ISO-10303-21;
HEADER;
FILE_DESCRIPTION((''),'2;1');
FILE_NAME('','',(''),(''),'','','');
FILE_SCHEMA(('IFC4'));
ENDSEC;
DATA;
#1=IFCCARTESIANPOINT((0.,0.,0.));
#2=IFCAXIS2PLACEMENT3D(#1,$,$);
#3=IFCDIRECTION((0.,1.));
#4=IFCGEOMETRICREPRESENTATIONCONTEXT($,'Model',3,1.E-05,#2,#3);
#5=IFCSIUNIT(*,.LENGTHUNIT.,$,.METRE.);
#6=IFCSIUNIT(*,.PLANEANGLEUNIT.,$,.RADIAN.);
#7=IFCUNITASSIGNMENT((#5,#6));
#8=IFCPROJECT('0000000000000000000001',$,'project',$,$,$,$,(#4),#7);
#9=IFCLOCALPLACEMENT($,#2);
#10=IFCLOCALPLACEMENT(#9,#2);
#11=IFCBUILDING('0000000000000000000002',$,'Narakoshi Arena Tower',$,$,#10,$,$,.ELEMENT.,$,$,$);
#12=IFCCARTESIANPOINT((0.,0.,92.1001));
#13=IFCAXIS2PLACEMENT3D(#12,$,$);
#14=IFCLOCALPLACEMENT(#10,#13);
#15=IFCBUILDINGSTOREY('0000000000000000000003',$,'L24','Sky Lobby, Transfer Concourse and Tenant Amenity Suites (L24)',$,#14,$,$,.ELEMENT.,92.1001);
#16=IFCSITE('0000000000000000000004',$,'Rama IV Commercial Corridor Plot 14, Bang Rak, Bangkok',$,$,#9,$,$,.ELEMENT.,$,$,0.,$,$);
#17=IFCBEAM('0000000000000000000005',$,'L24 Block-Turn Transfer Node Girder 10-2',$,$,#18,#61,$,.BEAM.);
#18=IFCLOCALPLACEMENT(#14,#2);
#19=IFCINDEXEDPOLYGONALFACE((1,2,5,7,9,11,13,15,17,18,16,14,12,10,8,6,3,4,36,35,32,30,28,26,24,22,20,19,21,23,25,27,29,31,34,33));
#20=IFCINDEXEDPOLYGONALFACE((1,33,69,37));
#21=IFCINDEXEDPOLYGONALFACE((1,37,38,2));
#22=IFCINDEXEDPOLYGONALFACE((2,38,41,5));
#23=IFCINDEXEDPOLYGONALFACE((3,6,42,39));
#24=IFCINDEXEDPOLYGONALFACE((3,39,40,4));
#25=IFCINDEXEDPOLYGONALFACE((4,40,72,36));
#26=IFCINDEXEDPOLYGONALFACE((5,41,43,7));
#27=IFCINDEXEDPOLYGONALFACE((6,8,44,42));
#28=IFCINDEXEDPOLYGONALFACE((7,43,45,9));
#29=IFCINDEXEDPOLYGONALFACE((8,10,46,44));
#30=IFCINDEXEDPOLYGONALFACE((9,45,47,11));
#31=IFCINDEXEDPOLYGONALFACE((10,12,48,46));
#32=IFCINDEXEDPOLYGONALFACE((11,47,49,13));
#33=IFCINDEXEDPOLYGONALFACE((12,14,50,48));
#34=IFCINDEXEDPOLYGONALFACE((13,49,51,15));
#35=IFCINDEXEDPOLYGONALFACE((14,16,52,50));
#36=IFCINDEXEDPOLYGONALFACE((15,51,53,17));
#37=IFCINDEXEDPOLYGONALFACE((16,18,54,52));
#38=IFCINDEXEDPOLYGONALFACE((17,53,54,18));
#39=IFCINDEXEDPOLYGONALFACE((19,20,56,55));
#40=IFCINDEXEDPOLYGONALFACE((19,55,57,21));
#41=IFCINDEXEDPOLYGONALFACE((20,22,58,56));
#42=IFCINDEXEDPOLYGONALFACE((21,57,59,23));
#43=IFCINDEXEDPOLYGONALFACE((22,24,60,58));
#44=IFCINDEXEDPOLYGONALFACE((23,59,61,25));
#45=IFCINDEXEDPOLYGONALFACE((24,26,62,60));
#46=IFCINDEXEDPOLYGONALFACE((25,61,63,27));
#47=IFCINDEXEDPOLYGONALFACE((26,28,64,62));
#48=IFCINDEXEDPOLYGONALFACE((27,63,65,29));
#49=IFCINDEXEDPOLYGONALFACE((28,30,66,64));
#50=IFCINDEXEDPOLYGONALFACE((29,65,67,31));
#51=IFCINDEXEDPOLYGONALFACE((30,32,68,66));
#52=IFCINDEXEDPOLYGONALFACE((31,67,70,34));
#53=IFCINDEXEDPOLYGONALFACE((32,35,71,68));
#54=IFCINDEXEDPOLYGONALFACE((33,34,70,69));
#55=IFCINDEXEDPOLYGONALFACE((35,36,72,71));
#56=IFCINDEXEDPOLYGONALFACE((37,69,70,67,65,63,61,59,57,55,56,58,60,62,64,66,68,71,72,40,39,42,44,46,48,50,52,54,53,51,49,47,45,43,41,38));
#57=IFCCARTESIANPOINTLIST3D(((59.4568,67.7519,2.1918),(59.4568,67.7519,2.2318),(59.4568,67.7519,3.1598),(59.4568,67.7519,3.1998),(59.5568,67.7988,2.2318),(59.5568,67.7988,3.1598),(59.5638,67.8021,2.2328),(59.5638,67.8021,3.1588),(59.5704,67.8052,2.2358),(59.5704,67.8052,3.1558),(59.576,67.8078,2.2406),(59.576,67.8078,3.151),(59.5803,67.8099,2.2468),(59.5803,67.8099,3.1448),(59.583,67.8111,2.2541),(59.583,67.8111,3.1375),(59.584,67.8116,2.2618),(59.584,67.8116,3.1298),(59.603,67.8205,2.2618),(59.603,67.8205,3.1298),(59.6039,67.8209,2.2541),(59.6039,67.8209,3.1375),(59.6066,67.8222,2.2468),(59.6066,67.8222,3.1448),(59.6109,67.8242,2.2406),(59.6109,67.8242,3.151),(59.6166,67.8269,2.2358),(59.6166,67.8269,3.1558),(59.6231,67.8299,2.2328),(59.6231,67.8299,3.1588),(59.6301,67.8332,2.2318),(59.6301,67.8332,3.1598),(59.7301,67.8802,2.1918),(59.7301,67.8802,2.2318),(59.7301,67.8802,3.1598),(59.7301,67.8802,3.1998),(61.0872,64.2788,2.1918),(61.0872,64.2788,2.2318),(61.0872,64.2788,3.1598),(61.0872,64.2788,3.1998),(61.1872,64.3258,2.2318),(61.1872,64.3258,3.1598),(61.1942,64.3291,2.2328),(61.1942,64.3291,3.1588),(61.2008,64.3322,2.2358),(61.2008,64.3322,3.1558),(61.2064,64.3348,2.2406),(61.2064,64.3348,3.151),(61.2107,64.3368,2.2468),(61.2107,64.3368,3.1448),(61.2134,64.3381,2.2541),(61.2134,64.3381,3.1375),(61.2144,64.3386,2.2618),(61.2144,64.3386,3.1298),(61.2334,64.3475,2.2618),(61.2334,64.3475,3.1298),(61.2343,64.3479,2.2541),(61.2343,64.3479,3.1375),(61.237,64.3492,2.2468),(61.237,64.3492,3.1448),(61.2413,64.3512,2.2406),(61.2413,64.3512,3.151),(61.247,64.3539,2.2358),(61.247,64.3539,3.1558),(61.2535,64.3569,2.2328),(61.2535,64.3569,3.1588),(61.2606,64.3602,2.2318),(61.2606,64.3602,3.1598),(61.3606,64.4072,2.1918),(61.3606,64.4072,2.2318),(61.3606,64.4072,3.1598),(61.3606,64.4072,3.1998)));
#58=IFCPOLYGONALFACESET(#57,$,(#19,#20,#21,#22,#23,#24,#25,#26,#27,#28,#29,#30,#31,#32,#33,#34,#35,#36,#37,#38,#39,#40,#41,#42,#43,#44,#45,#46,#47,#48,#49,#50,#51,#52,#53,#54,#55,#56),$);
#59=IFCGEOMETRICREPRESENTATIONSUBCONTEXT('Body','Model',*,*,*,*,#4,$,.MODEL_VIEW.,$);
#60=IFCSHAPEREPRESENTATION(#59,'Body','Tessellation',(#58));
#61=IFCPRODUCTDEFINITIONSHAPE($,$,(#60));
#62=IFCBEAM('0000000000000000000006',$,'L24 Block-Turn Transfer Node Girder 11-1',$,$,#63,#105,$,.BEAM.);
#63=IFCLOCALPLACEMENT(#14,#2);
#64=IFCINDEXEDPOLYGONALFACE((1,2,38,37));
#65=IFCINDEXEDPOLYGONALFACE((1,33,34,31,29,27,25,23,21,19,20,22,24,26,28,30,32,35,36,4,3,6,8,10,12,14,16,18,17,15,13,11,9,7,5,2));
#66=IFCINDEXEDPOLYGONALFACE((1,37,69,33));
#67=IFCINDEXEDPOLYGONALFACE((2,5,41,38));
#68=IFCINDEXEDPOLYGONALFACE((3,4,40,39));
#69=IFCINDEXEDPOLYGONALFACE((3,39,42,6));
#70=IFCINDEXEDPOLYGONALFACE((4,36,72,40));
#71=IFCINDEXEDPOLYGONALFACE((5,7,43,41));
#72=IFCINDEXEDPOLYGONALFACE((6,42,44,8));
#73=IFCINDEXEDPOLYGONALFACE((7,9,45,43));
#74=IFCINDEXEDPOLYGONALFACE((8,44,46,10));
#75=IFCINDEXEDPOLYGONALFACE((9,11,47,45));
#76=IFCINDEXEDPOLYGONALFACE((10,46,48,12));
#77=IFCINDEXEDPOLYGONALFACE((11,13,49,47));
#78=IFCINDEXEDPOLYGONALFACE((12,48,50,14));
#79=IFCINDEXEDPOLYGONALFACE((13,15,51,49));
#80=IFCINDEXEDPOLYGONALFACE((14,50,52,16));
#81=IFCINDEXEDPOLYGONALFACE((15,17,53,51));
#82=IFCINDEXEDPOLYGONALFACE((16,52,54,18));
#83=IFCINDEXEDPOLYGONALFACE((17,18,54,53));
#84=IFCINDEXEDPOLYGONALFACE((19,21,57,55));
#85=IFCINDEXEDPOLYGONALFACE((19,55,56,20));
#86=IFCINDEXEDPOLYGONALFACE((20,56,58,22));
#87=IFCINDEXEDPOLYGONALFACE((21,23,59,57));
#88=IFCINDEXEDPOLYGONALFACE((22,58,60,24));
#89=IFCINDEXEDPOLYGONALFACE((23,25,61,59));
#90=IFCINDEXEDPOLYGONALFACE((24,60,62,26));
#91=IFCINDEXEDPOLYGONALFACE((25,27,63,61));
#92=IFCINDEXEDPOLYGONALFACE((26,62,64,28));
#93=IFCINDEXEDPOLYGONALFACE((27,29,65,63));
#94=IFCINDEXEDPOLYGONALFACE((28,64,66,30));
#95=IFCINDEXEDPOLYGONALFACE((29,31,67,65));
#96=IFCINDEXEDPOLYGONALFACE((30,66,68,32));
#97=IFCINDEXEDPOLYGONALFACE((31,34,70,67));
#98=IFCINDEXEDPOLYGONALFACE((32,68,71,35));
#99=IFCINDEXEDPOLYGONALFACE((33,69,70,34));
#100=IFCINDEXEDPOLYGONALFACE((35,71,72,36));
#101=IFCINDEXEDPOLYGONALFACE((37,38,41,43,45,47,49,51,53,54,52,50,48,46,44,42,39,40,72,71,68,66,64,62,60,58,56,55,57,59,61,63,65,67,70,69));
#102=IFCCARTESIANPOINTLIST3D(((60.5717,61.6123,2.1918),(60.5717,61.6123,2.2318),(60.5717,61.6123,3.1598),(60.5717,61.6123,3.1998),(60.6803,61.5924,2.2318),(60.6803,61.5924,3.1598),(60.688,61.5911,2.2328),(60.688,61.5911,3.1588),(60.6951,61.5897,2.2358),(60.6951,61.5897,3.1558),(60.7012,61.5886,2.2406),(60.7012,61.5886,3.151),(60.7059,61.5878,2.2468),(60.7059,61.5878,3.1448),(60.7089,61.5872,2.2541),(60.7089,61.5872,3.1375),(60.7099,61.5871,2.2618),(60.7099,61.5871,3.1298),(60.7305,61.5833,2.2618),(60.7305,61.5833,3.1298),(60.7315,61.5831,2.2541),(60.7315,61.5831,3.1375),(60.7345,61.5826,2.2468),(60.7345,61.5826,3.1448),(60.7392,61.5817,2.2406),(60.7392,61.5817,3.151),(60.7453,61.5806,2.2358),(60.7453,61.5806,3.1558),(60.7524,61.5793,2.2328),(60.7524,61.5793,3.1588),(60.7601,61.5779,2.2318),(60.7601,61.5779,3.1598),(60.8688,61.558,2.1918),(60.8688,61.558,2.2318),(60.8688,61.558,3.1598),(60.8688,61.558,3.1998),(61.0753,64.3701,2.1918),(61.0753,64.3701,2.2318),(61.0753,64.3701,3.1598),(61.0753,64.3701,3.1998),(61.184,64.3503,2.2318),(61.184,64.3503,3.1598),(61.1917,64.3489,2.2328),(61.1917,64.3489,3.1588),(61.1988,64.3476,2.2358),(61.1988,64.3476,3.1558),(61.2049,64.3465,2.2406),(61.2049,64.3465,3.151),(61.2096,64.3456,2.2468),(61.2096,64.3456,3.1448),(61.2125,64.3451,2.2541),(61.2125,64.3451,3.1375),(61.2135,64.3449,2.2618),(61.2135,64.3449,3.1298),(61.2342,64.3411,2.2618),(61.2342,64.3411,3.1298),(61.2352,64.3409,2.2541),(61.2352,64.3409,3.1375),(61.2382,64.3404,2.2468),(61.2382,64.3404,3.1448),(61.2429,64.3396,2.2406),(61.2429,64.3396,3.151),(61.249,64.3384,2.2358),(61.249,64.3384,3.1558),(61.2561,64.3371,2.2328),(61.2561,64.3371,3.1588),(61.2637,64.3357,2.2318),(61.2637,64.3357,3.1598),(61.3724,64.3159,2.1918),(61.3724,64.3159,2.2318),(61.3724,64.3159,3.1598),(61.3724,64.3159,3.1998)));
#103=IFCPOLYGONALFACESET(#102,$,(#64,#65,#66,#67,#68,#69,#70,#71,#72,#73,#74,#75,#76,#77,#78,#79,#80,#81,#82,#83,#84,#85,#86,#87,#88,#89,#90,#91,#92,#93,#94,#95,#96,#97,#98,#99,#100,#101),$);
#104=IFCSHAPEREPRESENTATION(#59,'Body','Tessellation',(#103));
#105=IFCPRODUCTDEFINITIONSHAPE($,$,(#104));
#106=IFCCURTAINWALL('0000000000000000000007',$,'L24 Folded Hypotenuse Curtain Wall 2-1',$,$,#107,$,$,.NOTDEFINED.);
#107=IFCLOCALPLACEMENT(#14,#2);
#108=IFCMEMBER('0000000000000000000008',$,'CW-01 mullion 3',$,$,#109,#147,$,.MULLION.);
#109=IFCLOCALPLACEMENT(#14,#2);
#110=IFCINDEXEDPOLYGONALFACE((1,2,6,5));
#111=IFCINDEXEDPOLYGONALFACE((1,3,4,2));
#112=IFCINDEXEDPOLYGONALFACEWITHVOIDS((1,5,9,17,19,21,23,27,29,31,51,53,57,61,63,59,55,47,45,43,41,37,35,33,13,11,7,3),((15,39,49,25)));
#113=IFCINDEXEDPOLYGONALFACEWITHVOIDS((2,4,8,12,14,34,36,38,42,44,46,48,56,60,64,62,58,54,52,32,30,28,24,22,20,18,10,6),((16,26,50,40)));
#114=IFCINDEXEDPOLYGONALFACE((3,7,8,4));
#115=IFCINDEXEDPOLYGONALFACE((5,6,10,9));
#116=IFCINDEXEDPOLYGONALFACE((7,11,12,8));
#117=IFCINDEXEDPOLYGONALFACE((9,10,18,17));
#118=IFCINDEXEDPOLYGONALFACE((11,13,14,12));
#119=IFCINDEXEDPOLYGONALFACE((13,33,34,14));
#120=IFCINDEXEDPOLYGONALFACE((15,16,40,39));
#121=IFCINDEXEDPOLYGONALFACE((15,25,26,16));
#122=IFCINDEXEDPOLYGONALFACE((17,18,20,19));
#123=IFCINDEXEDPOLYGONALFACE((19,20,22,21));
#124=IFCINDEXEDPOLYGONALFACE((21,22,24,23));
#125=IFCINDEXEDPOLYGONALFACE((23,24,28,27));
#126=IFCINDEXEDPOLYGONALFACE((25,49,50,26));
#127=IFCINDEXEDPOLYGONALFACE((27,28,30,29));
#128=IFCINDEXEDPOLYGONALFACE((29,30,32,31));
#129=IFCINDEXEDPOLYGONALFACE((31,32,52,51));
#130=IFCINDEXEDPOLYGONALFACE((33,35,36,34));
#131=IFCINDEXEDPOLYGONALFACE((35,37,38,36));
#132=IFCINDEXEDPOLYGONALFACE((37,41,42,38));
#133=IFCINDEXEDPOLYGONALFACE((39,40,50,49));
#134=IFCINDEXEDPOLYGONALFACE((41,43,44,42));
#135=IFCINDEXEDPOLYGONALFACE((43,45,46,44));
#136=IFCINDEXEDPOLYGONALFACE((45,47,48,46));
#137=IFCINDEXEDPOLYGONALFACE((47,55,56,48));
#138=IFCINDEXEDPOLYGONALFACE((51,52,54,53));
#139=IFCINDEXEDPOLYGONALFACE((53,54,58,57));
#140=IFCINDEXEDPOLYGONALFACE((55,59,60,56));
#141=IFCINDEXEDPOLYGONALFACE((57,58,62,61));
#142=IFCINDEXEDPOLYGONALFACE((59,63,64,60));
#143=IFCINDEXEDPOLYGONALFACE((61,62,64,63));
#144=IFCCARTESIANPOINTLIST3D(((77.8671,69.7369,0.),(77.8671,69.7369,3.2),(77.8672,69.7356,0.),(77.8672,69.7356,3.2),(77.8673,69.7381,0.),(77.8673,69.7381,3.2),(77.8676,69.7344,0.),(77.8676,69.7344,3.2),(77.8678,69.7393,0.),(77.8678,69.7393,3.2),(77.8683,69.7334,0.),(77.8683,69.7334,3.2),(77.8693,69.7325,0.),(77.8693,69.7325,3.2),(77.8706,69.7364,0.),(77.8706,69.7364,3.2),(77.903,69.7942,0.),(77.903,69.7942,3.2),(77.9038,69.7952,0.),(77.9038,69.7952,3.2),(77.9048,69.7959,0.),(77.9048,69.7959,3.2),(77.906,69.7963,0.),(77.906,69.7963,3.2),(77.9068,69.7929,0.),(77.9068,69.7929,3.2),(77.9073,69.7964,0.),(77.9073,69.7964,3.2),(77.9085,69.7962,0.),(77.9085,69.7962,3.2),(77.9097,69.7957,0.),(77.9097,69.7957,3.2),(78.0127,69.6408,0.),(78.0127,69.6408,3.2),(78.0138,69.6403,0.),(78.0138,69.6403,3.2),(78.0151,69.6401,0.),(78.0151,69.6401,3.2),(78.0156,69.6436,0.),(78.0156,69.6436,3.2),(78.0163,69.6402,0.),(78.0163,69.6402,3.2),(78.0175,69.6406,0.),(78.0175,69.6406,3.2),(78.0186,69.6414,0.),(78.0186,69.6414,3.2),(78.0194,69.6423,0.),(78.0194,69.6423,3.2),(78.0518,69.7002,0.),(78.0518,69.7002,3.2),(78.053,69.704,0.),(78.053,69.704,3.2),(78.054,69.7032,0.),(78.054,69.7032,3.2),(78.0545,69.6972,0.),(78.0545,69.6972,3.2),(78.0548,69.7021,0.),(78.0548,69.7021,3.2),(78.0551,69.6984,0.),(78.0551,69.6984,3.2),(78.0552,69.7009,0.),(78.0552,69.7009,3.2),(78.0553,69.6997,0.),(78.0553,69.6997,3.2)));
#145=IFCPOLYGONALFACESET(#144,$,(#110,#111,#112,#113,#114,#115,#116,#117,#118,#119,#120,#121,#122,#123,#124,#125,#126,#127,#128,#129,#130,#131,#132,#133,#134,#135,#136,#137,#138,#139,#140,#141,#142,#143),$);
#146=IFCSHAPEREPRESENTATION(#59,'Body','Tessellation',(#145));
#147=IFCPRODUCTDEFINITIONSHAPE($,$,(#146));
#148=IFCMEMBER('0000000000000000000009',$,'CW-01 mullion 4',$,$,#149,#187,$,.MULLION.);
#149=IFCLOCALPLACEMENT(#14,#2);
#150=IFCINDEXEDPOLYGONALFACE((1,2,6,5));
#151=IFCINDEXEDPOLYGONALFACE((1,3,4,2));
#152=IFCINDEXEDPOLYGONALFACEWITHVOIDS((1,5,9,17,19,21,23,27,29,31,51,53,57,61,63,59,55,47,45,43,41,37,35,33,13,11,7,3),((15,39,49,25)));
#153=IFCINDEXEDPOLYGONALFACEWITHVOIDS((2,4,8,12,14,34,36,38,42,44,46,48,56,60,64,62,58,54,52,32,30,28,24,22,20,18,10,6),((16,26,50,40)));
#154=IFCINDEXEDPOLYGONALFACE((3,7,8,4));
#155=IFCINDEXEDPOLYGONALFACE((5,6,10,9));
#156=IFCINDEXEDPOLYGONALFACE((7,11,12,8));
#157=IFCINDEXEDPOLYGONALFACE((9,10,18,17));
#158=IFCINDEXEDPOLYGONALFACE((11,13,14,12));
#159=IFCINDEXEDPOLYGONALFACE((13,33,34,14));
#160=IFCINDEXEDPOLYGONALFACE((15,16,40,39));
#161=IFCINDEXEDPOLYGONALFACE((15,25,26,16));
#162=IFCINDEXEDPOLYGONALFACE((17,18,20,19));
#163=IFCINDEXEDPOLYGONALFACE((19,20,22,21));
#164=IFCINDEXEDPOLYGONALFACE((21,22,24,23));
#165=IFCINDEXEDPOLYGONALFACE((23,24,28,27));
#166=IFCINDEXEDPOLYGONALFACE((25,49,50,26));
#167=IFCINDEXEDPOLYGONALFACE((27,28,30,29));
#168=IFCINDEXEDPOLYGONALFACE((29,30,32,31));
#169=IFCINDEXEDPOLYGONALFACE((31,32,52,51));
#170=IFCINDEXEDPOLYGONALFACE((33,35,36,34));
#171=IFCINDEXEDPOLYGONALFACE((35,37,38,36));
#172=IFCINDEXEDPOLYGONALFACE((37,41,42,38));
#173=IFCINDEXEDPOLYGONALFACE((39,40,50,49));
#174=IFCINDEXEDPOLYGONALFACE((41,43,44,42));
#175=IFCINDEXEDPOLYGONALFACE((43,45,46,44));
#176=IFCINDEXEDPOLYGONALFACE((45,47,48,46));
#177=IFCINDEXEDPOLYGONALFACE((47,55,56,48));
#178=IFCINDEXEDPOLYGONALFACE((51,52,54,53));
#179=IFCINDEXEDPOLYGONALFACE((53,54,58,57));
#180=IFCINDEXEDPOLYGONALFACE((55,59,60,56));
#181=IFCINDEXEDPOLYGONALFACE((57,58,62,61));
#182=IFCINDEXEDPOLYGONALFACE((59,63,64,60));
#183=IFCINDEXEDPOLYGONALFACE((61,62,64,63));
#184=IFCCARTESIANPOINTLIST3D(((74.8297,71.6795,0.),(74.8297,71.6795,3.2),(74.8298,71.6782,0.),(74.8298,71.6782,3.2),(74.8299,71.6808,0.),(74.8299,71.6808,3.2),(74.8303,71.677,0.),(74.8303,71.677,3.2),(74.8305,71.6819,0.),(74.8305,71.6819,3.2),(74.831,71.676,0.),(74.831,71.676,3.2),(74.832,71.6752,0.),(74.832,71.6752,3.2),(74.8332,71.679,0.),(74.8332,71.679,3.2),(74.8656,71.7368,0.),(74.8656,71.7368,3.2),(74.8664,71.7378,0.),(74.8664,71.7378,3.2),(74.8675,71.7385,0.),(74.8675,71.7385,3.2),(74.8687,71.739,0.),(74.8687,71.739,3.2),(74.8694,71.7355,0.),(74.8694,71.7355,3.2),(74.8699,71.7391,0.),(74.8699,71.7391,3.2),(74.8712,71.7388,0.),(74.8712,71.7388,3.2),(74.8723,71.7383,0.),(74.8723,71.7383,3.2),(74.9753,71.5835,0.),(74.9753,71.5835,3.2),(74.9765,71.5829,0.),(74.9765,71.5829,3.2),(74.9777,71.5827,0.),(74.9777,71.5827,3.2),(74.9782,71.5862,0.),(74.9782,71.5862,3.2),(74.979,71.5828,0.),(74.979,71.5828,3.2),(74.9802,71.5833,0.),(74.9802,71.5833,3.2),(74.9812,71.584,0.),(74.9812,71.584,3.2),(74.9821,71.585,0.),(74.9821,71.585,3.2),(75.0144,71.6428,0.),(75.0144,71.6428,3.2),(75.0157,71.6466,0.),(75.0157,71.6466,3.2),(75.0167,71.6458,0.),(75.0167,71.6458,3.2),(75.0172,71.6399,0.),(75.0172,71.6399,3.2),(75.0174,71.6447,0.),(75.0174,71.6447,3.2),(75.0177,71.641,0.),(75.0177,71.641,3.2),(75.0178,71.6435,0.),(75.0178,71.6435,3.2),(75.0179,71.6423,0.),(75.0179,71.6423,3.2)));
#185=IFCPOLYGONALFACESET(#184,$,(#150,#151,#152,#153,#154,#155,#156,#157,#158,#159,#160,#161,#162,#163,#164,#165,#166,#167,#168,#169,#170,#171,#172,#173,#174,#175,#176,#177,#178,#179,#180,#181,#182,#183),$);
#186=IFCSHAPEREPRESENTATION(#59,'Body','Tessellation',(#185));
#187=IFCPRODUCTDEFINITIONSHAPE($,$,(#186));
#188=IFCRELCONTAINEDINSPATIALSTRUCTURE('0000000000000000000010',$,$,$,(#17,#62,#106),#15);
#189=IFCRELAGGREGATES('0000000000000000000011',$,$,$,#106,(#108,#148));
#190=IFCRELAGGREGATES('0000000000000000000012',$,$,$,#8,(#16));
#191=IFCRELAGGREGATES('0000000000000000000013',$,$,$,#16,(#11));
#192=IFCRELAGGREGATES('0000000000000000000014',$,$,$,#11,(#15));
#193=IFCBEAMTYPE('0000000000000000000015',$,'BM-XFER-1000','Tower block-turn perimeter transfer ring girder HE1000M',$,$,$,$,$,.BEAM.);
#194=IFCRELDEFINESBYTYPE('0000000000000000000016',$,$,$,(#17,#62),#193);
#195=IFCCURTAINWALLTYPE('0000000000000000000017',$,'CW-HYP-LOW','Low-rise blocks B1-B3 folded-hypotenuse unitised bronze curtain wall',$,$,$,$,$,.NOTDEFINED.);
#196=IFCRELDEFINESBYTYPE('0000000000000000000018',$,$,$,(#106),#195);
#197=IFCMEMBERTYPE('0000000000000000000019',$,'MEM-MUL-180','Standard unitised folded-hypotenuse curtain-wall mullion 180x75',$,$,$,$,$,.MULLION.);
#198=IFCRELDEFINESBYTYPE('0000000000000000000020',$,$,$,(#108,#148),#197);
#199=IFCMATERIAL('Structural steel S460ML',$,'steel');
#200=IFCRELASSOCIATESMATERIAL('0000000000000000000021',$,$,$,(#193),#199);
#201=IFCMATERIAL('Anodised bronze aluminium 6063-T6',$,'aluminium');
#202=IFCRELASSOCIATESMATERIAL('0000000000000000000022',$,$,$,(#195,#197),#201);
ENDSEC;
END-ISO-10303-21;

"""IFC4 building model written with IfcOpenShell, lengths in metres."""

from ifc_helpers import new_model, si_unit, direction, frame, origin, origin_2d, place, context, subcontext, project, spatial, hollow_rectangle, i_section, extrude, material, material_profile, profile_set, type_object, element, aggregate, save


model = new_model("IFC4")

# Units and contexts
model_context = context("Model", 3, precision=1e-05, world=origin(), true_north=direction((0.0, 1.0)))
body_context = subcontext(model_context, "Body", "Model", "MODEL_VIEW")
ifc_project = project(units=[si_unit("LENGTHUNIT", "METRE"), si_unit("PLANEANGLEUNIT", "RADIAN")], contexts=[model_context])

# Site, building, storey
site_placement = place(None, origin())
site = spatial("IfcSite", under=ifc_project, at=site_placement, Name="Rama IV Commercial Corridor Plot 14, Bang Rak, Bangkok", CompositionType="ELEMENT", RefElevation=0.0)
building_placement = place(site_placement, origin())
building = spatial("IfcBuilding", under=site, at=building_placement, Name="Narakoshi Arena Tower", CompositionType="ELEMENT")
storey_placement = place(building_placement, frame((0.0, 0.0, 92.1001)))
storey = spatial("IfcBuildingStorey", under=building, at=storey_placement, Name="L24", Description="Sky Lobby, Transfer Concourse and Tenant Amenity Suites (L24)", CompositionType="ELEMENT", Elevation=92.1001)

# Shared definitions
ifc_material_1 = material(Name="Structural steel S460ML", Category="steel")

# Beams
ifc_material_profile_1 = material_profile(ifc_material_1, i_section(OverallWidth=0.302, OverallDepth=1.0081, WebThickness=0.021, FlangeThickness=0.04, FilletRadius=0.03, at=origin_2d()), Name="HE1000M")
ifc_profile_set_1 = profile_set([ifc_material_profile_1], Name="Structural steel S460ML")
beam_type = type_object("IfcBeamType", Name="BM-XFER-1000", Description="Tower block-turn perimeter transfer ring girder HE1000M", PredefinedType="BEAM", material=ifc_profile_set_1)
beam_1_placement = place(storey_placement, frame((61.2239, 64.343, 2.6958), z_axis=(-0.424957, 0.905213, 0.0), x_axis=(-0.905213, -0.424957, 0.0)))
element("IfcBeam", 1, at=beam_1_placement, inside=storey, type_object=beam_type, Name="L24 Block-Turn Transfer Node Girder 10-2", PredefinedType="BEAM", context=body_context, shape_type="SweptSolid", body=[
    extrude(i_section(OverallWidth=0.302, OverallDepth=1.0081, WebThickness=0.021, FlangeThickness=0.04, FilletRadius=0.03, at=origin_2d()), origin(), (0.0, 0.0, 1.0), 3.8367),
])
beam_2_placement = place(storey_placement, frame((61.2239, 64.343, 2.6958), z_axis=(-0.179659, -0.983729, 0.0), x_axis=(0.983729, -0.179659, 0.0)))
element("IfcBeam", 2, at=beam_2_placement, inside=storey, type_object=beam_type, Name="L24 Block-Turn Transfer Node Girder 11-1", PredefinedType="BEAM", context=body_context, shape_type="SweptSolid", body=[
    extrude(i_section(OverallWidth=0.302, OverallDepth=1.0081, WebThickness=0.021, FlangeThickness=0.04, FilletRadius=0.03, at=origin_2d()), origin(), (0.0, 0.0, 1.0), 2.8035),
])

# Curtain wall, members
ifc_material_2 = material(Name="Anodised bronze aluminium 6063-T6", Category="aluminium")
curtain_wall_type = type_object("IfcCurtainWallType", Name="CW-HYP-LOW", Description="Low-rise blocks B1-B3 folded-hypotenuse unitised bronze curtain wall", PredefinedType="NOTDEFINED", material=ifc_material_2)
curtain_wall_1_placement = place(storey_placement, origin())
curtain_wall_1 = element("IfcCurtainWall", 3, at=curtain_wall_1_placement, inside=storey, type_object=curtain_wall_type, Name="L24 Folded Hypotenuse Curtain Wall 2-1", PredefinedType="NOTDEFINED")
ifc_material_profile_2 = material_profile(ifc_material_2, hollow_rectangle(XDim=0.075, YDim=0.1799, WallThickness=0.0039, OuterFilletRadius=0.0049, at=origin_2d()), Name="MUL180x75x4")
ifc_profile_set_2 = profile_set([ifc_material_profile_2], Name="Anodised bronze aluminium 6063-T6")
member_type_1 = type_object("IfcMemberType", Name="MEM-MUL-180", Description="Standard unitised folded-hypotenuse curtain-wall mullion 180x75", PredefinedType="MULLION", material=ifc_profile_set_2)
member_1_placement = place(storey_placement, frame((77.9612, 69.7183, 0.0), z_axis=(0.0, 0.0, 1.0), x_axis=(-0.538831, -0.842414, 0.0)))
member_1 = element("IfcMember", 4, at=member_1_placement, type_object=member_type_1, Name="CW-01 mullion 3", PredefinedType="MULLION", context=body_context, shape_type="SweptSolid", body=[
    extrude(hollow_rectangle(XDim=0.075, YDim=0.1799, WallThickness=0.0039, OuterFilletRadius=0.0049, at=origin_2d()), origin(), (0.0, 0.0, 1.0), 3.2),
])
member_2_placement = place(storey_placement, frame((74.9238, 71.6609, 0.0), z_axis=(0.0, 0.0, 1.0), x_axis=(-0.538831, -0.842414, 0.0)))
member_2 = element("IfcMember", 5, at=member_2_placement, type_object=member_type_1, Name="CW-01 mullion 4", PredefinedType="MULLION", context=body_context, shape_type="SweptSolid", body=[
    extrude(hollow_rectangle(XDim=0.075, YDim=0.1799, WallThickness=0.0039, OuterFilletRadius=0.0049, at=origin_2d()), origin(), (0.0, 0.0, 1.0), 3.2),
])

aggregate(curtain_wall_1, [member_1, member_2])

save(model, "model.ifc")
